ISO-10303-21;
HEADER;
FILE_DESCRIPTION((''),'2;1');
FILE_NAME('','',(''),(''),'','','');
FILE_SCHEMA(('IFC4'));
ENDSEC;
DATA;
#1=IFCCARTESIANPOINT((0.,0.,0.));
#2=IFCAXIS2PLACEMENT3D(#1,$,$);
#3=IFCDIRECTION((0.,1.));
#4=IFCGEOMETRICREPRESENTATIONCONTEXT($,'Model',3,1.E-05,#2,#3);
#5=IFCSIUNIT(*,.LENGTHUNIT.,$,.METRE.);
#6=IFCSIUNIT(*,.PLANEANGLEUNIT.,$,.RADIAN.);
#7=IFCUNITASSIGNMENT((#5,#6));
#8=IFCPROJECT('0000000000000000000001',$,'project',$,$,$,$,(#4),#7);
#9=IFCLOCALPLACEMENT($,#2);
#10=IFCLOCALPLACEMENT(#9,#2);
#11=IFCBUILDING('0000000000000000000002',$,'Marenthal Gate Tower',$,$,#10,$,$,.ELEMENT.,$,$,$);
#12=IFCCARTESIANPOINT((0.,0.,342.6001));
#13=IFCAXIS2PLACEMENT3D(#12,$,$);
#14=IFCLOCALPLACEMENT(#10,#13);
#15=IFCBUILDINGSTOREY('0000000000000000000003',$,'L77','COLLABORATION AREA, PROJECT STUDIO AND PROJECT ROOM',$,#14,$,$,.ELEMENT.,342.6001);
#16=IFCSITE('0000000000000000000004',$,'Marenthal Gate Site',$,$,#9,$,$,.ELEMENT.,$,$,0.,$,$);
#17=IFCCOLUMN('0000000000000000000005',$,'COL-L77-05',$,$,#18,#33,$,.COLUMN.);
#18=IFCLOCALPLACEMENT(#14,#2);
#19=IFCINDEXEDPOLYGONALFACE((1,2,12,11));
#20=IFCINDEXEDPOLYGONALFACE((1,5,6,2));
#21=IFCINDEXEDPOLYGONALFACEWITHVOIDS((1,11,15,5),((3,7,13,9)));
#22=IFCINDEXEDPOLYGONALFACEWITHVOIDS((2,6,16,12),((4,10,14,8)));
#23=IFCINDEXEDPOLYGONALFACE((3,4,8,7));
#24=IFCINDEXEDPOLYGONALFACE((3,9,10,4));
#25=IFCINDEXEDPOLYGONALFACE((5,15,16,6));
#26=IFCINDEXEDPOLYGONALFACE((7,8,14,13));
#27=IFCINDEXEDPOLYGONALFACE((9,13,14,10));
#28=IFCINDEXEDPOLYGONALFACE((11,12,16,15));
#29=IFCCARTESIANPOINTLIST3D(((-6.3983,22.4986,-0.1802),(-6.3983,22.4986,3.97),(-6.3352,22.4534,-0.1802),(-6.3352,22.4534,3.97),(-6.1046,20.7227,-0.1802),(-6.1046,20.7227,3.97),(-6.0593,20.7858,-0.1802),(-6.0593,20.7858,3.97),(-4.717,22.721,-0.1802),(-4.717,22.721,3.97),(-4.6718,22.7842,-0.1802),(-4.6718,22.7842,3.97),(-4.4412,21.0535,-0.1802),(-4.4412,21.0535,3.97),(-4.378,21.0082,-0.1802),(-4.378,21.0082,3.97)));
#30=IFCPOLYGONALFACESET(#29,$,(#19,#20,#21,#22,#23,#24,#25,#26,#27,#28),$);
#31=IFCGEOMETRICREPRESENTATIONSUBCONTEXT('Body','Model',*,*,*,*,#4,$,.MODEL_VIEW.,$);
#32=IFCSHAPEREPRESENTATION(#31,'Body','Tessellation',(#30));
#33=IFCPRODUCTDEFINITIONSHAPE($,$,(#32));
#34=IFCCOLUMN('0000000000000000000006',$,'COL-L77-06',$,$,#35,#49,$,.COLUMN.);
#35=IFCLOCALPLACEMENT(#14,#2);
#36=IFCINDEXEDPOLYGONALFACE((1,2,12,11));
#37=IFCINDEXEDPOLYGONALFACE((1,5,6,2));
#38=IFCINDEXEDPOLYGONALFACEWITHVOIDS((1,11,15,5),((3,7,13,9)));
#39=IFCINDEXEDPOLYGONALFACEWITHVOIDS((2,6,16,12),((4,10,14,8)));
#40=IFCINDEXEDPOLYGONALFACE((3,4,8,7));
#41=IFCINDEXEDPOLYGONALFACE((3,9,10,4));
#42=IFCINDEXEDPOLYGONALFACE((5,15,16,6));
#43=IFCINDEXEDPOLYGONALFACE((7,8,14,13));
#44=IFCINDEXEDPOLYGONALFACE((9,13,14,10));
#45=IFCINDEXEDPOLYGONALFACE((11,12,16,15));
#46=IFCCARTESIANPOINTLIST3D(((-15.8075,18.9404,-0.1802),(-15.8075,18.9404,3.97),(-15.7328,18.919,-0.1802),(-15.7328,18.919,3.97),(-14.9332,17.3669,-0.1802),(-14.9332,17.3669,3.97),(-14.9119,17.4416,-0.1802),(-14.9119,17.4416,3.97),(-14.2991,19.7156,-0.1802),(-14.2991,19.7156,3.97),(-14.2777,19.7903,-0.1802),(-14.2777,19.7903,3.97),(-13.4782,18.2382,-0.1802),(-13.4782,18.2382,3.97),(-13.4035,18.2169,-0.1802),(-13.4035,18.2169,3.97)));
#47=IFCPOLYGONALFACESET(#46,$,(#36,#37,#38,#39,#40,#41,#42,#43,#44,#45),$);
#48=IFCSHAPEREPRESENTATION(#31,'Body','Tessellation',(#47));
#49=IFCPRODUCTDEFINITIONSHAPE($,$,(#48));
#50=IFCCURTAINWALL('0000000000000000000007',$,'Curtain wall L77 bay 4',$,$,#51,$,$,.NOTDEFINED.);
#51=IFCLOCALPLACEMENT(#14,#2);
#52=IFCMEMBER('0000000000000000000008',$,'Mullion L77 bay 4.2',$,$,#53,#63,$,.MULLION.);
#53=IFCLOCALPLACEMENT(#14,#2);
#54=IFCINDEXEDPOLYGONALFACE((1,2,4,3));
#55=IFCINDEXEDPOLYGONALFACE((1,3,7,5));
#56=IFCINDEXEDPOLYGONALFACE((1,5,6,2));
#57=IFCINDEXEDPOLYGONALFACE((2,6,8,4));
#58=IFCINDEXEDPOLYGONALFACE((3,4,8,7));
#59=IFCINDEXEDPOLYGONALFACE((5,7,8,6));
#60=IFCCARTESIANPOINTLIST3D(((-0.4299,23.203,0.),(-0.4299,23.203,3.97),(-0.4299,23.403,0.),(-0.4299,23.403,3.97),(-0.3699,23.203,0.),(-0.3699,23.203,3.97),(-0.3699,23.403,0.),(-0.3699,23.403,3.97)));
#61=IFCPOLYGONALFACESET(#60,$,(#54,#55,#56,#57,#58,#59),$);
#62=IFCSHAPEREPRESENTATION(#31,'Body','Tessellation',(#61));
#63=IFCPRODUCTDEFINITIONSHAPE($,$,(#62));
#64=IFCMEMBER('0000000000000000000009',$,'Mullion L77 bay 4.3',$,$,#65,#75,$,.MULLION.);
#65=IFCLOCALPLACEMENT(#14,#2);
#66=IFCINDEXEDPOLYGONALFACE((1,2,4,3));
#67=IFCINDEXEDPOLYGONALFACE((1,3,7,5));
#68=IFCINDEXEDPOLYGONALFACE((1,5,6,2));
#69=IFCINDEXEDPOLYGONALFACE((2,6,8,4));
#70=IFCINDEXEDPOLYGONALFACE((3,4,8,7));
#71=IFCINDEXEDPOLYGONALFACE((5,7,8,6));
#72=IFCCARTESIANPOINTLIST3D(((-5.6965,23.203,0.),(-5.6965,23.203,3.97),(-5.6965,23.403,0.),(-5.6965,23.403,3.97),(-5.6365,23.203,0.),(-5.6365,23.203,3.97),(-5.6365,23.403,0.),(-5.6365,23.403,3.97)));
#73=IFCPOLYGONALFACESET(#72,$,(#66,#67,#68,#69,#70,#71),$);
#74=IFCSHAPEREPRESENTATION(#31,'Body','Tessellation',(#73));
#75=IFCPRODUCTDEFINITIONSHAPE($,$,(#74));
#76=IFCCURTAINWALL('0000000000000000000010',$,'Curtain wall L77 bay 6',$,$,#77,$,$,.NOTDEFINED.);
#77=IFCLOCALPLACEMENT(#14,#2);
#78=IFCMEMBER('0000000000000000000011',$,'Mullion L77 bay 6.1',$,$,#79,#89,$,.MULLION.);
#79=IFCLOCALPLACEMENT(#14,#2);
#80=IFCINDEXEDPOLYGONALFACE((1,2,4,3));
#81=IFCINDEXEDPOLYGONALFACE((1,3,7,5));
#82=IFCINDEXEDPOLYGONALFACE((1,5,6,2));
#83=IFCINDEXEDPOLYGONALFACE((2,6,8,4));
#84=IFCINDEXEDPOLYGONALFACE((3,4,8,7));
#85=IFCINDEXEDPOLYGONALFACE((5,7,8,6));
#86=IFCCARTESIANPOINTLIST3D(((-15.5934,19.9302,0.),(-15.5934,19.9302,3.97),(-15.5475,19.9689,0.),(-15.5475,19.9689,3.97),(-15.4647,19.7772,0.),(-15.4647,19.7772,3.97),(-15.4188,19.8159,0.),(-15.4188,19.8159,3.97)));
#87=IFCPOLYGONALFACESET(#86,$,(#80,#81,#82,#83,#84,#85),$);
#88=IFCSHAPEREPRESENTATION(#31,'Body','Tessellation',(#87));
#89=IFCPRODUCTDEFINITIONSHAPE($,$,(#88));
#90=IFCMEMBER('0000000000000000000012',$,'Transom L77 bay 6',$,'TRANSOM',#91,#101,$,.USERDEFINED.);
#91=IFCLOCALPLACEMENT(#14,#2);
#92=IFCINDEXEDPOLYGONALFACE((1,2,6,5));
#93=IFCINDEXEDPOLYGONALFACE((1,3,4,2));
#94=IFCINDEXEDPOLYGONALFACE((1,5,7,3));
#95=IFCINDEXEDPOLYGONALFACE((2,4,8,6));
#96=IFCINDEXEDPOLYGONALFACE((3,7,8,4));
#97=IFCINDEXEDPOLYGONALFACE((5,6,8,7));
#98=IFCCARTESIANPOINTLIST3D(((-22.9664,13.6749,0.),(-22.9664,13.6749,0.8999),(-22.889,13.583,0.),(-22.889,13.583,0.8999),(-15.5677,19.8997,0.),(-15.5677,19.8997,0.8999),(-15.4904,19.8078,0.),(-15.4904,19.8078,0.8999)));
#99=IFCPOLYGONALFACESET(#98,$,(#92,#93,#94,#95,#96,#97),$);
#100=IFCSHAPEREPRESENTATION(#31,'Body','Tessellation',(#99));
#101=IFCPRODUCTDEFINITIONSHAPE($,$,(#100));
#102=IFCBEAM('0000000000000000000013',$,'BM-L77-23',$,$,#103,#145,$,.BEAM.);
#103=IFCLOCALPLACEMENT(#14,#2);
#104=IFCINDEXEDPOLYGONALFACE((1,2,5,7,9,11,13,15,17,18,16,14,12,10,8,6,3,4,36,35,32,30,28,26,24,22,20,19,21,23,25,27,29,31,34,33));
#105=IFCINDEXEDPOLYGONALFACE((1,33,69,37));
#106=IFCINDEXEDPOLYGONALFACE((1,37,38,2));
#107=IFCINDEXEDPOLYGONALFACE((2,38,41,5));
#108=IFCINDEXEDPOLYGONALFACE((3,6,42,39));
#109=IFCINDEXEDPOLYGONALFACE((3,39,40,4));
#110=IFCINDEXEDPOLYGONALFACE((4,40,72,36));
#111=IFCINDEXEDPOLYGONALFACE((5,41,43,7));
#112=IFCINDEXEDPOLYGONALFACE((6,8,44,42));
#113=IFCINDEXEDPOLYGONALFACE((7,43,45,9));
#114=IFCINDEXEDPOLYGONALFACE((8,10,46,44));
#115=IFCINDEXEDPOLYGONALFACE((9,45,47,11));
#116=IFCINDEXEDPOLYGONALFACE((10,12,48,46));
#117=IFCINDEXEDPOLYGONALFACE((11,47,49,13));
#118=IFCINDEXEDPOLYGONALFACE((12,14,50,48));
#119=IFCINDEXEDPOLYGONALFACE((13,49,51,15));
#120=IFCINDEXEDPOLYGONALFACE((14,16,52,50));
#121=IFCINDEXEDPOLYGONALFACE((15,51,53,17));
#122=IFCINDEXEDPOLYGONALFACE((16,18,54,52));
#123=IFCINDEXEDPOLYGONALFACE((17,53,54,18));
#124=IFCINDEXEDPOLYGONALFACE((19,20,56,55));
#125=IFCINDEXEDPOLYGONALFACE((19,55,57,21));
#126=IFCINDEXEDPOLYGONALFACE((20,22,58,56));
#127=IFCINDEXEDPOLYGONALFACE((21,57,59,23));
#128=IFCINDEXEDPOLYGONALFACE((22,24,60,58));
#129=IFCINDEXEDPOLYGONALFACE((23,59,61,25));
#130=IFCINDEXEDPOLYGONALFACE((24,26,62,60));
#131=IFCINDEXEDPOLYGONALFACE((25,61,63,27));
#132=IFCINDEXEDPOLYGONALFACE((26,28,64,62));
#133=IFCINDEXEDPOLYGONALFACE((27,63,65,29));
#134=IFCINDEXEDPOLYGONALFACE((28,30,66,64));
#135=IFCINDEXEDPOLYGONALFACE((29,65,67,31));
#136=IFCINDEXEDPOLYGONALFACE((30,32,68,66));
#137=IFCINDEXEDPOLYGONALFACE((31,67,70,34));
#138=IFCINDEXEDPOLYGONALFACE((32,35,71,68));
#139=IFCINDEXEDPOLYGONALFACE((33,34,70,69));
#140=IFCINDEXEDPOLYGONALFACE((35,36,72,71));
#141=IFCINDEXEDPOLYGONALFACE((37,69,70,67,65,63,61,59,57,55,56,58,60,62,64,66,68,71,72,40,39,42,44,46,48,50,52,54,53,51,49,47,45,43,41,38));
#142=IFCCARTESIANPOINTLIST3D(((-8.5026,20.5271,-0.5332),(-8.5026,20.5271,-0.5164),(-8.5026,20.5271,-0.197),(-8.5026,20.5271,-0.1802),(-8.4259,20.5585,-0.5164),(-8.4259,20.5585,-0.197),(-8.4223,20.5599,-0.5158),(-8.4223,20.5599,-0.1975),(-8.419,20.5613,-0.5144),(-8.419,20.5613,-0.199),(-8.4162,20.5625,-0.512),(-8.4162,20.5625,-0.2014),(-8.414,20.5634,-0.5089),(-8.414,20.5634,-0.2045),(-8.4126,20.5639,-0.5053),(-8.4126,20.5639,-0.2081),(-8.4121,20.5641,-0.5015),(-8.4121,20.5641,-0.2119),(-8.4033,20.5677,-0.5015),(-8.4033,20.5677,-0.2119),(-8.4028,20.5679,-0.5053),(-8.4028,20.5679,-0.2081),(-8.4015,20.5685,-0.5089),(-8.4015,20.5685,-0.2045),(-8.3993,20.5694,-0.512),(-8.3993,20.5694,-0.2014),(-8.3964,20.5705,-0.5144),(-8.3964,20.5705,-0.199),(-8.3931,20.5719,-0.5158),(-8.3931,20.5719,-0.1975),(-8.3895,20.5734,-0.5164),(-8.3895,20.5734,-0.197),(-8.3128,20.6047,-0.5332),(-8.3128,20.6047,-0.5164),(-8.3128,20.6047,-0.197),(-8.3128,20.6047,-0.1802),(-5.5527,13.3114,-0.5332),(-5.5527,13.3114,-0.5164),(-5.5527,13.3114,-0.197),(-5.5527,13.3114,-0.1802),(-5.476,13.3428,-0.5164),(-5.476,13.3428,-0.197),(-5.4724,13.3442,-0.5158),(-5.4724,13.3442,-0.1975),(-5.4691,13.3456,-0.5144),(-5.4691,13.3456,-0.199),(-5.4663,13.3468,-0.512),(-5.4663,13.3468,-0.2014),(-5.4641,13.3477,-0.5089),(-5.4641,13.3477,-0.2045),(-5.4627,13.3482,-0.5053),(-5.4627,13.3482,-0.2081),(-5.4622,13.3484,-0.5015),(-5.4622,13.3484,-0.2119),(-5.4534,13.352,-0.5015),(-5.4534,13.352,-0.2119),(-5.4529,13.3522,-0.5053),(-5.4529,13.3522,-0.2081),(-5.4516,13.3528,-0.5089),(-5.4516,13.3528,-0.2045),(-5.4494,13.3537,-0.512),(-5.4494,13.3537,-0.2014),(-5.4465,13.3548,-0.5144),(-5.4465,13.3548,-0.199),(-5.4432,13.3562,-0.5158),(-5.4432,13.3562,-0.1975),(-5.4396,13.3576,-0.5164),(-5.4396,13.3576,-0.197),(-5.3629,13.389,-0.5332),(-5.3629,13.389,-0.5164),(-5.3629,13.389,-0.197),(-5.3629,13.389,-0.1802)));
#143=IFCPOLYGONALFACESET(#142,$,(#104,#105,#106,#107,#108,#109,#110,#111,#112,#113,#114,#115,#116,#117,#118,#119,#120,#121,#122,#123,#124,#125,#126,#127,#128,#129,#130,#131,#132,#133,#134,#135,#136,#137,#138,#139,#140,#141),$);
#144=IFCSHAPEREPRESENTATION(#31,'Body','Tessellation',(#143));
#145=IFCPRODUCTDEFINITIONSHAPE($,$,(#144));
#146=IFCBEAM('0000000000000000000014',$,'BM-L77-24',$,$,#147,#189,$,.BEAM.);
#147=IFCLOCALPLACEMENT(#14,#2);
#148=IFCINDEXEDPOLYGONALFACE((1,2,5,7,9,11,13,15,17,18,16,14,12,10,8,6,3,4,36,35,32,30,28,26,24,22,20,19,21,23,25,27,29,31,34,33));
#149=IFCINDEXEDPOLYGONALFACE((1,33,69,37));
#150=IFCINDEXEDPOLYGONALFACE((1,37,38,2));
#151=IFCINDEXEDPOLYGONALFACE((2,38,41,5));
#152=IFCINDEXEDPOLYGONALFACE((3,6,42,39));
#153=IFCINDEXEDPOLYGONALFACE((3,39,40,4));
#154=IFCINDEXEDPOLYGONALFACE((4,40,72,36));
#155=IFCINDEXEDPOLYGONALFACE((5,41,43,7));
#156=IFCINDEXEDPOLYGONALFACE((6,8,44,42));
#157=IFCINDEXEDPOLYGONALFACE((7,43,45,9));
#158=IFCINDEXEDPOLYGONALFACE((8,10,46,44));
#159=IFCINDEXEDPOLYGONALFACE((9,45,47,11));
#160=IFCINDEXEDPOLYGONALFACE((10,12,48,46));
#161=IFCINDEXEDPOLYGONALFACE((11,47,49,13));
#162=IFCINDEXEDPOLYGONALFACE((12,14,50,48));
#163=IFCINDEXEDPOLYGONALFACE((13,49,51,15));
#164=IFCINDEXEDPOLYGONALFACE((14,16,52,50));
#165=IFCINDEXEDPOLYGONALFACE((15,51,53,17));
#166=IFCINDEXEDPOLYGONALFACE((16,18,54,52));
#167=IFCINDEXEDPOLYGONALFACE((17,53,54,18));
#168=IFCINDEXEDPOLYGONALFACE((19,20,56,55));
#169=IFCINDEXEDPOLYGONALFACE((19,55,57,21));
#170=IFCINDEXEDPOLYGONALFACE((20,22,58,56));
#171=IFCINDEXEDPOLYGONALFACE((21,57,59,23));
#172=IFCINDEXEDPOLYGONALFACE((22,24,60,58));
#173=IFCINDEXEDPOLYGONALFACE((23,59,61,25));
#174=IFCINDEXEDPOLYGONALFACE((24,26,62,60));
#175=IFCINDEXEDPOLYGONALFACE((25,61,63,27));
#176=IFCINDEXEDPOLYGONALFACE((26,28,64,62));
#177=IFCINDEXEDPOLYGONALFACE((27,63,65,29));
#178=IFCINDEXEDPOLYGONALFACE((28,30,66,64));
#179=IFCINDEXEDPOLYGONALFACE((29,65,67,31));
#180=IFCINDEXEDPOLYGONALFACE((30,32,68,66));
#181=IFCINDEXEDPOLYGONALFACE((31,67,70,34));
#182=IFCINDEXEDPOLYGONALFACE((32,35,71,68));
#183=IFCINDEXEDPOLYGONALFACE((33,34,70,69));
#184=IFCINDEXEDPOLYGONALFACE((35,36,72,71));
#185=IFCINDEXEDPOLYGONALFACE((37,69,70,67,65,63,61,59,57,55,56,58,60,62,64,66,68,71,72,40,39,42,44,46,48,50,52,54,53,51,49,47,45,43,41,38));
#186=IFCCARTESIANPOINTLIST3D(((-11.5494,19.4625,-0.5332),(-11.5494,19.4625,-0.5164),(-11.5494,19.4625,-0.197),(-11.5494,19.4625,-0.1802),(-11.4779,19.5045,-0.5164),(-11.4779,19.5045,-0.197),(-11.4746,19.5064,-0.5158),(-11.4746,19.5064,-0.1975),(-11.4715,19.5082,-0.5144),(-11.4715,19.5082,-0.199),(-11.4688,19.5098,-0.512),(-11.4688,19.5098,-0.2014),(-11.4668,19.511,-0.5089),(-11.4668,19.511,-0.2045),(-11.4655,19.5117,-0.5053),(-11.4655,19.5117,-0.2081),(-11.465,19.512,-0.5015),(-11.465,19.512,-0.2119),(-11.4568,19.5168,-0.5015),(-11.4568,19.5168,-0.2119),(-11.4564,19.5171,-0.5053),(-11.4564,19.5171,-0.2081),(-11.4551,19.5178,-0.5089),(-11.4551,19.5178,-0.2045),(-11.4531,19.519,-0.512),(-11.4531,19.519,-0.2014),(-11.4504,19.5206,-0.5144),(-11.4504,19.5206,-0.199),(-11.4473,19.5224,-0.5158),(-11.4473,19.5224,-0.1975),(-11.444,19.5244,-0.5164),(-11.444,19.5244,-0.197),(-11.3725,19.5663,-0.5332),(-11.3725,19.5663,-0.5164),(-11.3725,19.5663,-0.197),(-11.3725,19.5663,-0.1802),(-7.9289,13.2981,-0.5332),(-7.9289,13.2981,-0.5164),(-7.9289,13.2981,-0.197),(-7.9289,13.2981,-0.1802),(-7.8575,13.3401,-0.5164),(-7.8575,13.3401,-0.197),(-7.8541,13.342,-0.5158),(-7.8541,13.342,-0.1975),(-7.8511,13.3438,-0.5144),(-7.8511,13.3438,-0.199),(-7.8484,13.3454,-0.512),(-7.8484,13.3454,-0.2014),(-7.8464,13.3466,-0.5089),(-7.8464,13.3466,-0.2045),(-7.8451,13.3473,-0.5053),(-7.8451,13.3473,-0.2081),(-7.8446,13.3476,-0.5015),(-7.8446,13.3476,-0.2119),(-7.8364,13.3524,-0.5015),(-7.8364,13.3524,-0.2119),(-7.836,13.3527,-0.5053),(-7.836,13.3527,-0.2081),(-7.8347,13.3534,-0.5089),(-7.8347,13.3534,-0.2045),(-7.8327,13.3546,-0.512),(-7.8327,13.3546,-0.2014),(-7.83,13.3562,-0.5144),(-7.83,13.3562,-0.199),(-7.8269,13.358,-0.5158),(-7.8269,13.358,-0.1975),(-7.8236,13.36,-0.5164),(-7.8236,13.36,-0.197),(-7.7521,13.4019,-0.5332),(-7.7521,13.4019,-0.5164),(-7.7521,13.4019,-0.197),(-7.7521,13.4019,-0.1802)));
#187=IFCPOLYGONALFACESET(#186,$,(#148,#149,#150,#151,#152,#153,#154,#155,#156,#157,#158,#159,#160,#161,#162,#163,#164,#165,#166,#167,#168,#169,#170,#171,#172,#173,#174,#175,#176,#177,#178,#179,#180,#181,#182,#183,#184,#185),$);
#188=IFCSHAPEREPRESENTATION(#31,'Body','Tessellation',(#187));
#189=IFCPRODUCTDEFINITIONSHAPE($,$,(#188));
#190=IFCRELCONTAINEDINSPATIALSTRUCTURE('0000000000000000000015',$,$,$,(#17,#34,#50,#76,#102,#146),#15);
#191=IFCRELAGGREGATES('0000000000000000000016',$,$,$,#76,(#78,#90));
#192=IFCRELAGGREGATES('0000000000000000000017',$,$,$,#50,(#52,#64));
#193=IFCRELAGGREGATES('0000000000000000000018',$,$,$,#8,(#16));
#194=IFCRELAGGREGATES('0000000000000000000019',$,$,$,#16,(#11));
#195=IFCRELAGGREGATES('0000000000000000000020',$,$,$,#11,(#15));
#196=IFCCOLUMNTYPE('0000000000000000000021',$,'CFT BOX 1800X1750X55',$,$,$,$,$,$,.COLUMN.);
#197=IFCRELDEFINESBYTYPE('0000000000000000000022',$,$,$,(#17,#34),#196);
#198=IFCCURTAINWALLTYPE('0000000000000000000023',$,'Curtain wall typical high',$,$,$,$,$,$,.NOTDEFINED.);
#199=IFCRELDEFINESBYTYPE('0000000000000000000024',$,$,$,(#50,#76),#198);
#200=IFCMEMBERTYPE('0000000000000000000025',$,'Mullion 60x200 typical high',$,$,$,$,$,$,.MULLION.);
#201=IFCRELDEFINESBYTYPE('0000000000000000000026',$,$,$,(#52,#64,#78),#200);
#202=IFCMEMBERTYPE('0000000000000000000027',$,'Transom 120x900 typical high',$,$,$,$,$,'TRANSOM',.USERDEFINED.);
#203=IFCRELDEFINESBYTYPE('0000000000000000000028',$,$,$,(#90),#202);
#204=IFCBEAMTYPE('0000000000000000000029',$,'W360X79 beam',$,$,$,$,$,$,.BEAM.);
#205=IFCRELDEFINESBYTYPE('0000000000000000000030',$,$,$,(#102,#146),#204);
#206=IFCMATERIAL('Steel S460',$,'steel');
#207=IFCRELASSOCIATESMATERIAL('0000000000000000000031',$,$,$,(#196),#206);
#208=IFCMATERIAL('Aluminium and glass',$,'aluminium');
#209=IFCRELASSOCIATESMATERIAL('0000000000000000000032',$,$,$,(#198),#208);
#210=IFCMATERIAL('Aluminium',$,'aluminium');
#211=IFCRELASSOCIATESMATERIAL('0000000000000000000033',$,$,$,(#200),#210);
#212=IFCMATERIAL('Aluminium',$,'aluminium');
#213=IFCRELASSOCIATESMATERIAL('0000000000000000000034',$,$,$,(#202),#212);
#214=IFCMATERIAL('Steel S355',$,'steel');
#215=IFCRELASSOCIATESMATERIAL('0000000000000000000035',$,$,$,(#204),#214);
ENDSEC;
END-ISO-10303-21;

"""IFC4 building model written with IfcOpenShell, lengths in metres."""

from ifc_helpers import new_model, si_unit, direction, frame, origin, origin_2d, place, context, subcontext, project, spatial, rectangle, hollow_rectangle, i_section, extrude, material, material_profile, profile_set, type_object, element, aggregate, save


model = new_model("IFC4")

# Units and contexts
model_context = context("Model", 3, precision=1e-05, world=origin(), true_north=direction((0.0, 1.0)))
body_context = subcontext(model_context, "Body", "Model", "MODEL_VIEW")
ifc_project = project(units=[si_unit("LENGTHUNIT", "METRE"), si_unit("PLANEANGLEUNIT", "RADIAN")], contexts=[model_context])

# Site, building, storey
site_placement = place(None, origin())
site = spatial("IfcSite", under=ifc_project, at=site_placement, Name="Marenthal Gate Site", CompositionType="ELEMENT", RefElevation=0.0)
building_placement = place(site_placement, origin())
building = spatial("IfcBuilding", under=site, at=building_placement, Name="Marenthal Gate Tower", CompositionType="ELEMENT")
storey_placement = place(building_placement, frame((0.0, 0.0, 342.6001)))
storey = spatial("IfcBuildingStorey", under=building, at=storey_placement, Name="L77", Description="COLLABORATION AREA, PROJECT STUDIO AND PROJECT ROOM", CompositionType="ELEMENT", Elevation=342.6001)

# Columns
ifc_material_1 = material(Name="Steel S460", Category="steel")
ifc_material_profile_1 = material_profile(ifc_material_1, hollow_rectangle(XDim=1.75, YDim=1.8, WallThickness=0.0549, at=origin_2d()), Name="CFT BOX 1800X1750X55")
ifc_material_2 = material(Name="Concrete 70 MPa", Category="concrete")
ifc_material_profile_2 = material_profile(ifc_material_2, rectangle(XDim=1.6399, YDim=1.6899, at=origin_2d()), Name="CFT BOX 1800X1750X55 INFILL")
ifc_profile_set_1 = profile_set([ifc_material_profile_1, ifc_material_profile_2], Name="Steel S460 shell, Concrete 70 MPa infill")
column_type = type_object("IfcColumnType", Name="CFT BOX 1800X1750X55", PredefinedType="COLUMN", material=ifc_profile_set_1)
for number, where, z_axis, x_axis, name in (
    (1, (-5.3882, 21.7534, -0.1802), (0.0, 0.0, 1.0), (0.986595, 0.163188, 0.0), "COL-L77-05"),
    (2, (-14.6055, 18.5786, -0.1802), (0.0, 0.0, 1.0), (0.874131, 0.48569, 0.0), "COL-L77-06"),
):
    element("IfcColumn", number, at=place(storey_placement, frame(where, z_axis=z_axis, x_axis=x_axis)), inside=storey, type_object=column_type, Name=name, PredefinedType="COLUMN", context=body_context, shape_type="SweptSolid", body=[
        extrude(hollow_rectangle(XDim=1.75, YDim=1.8, WallThickness=0.0549, at=origin_2d()), origin(), (0.0, 0.0, 1.0), 4.1501),
    ])

# Curtain walls, members
ifc_material_3 = material(Name="Aluminium and glass", Category="aluminium")
curtain_wall_type = type_object("IfcCurtainWallType", Name="Curtain wall typical high", PredefinedType="NOTDEFINED", material=ifc_material_3)
curtain_wall_1_placement = place(storey_placement, origin())
curtain_wall_1 = element("IfcCurtainWall", 3, at=curtain_wall_1_placement, inside=storey, type_object=curtain_wall_type, Name="Curtain wall L77 bay 4", PredefinedType="NOTDEFINED")
ifc_material_4 = material(Name="Aluminium", Category="aluminium")
ifc_material_profile_3 = material_profile(ifc_material_4, rectangle(XDim=0.2, YDim=0.0601, at=origin_2d()), Name="60x200 aluminium mullion")
ifc_profile_set_2 = profile_set([ifc_material_profile_3], Name="Aluminium")
member_type_1 = type_object("IfcMemberType", Name="Mullion 60x200 typical high", PredefinedType="MULLION", material=ifc_profile_set_2)
member_1_placement = place(storey_placement, frame((-0.3999, 23.303, 0.0), z_axis=(0.0, 0.0, 1.0), x_axis=(0.0, -1.0, 0.0)))
member_1 = element("IfcMember", 4, at=member_1_placement, type_object=member_type_1, Name="Mullion L77 bay 4.2", PredefinedType="MULLION", context=body_context, shape_type="SweptSolid", body=[
    extrude(rectangle(XDim=0.2, YDim=0.0601, at=origin_2d()), origin(), (0.0, 0.0, 1.0), 3.97),
])
member_2_placement = place(storey_placement, frame((-5.6665, 23.303, 0.0), z_axis=(0.0, 0.0, 1.0), x_axis=(0.0, -1.0, 0.0)))
member_2 = element("IfcMember", 5, at=member_2_placement, type_object=member_type_1, Name="Mullion L77 bay 4.3", PredefinedType="MULLION", context=body_context, shape_type="SweptSolid", body=[
    extrude(rectangle(XDim=0.2, YDim=0.0601, at=origin_2d()), origin(), (0.0, 0.0, 1.0), 3.97),
])
curtain_wall_2_placement = place(storey_placement, origin())
curtain_wall_2 = element("IfcCurtainWall", 6, at=curtain_wall_2_placement, inside=storey, type_object=curtain_wall_type, Name="Curtain wall L77 bay 6", PredefinedType="NOTDEFINED")
member_3_placement = place(storey_placement, frame((-15.5061, 19.873, 0.0), z_axis=(0.0, 0.0, 1.0), x_axis=(0.643801, -0.765193, 0.0)))
member_3 = element("IfcMember", 7, at=member_3_placement, type_object=member_type_1, Name="Mullion L77 bay 6.1", PredefinedType="MULLION", context=body_context, shape_type="SweptSolid", body=[
    extrude(rectangle(XDim=0.2, YDim=0.0601, at=origin_2d()), origin(), (0.0, 0.0, 1.0), 3.97),
])
ifc_material_5 = material(Name="Aluminium", Category="aluminium")
ifc_material_profile_4 = material_profile(ifc_material_5, rectangle(XDim=0.1201, YDim=0.8999, at=origin_2d()), Name="120x900 aluminium transom")
ifc_profile_set_3 = profile_set([ifc_material_profile_4], Name="Aluminium")
member_type_2 = type_object("IfcMemberType", Name="Transom 120x900 typical high", ElementType="TRANSOM", PredefinedType="USERDEFINED", material=ifc_profile_set_3)
member_4_placement = place(storey_placement, frame((-15.5291, 19.8538, 0.45), z_axis=(-0.765197, -0.643796, 0.0), x_axis=(0.643796, -0.765197, 0.0)))
member_4 = element("IfcMember", 8, at=member_4_placement, type_object=member_type_2, Name="Transom L77 bay 6", ObjectType="TRANSOM", PredefinedType="USERDEFINED", context=body_context, shape_type="SweptSolid", body=[
    extrude(rectangle(XDim=0.1201, YDim=0.8999, at=origin_2d()), origin(), (0.0, 0.0, 1.0), 9.6689),
])
aggregate(curtain_wall_2, [member_3, member_4])

# Beams
ifc_material_6 = material(Name="Steel S355", Category="steel")
ifc_material_profile_5 = material_profile(ifc_material_6, i_section(OverallWidth=0.2051, OverallDepth=0.353, WebThickness=0.0095, FlangeThickness=0.0168, FilletRadius=0.0149, at=origin_2d()), Name="W360X79")
ifc_profile_set_4 = profile_set([ifc_material_profile_5], Name="Steel S355")
beam_type_1 = type_object("IfcBeamType", Name="W360X79 beam", PredefinedType="BEAM", material=ifc_profile_set_4)
beam_1_placement = place(storey_placement, frame((-8.4077, 20.5659, -0.3567), z_axis=(0.378416, -0.925636, 0.0), x_axis=(0.925636, 0.378416, 0.0)))
element("IfcBeam", 9, at=beam_1_placement, inside=storey, type_object=beam_type_1, Name="BM-L77-23", PredefinedType="BEAM", context=body_context, shape_type="SweptSolid", body=[
    extrude(i_section(OverallWidth=0.2051, OverallDepth=0.353, WebThickness=0.0095, FlangeThickness=0.0168, FilletRadius=0.0149, at=origin_2d()), origin(), (0.0, 0.0, 1.0), 7.7954),
])
beam_2_placement = place(storey_placement, frame((-11.4609, 19.5144, -0.3567), z_axis=(0.506427, -0.862283, 0.0), x_axis=(0.862283, 0.506427, 0.0)))
element("IfcBeam", 10, at=beam_2_placement, inside=storey, type_object=beam_type_1, Name="BM-L77-24", PredefinedType="BEAM", context=body_context, shape_type="SweptSolid", body=[
    extrude(i_section(OverallWidth=0.2051, OverallDepth=0.353, WebThickness=0.0095, FlangeThickness=0.0168, FilletRadius=0.0149, at=origin_2d()), origin(), (0.0, 0.0, 1.0), 7.1489),
])

aggregate(curtain_wall_1, [member_1, member_2])

save(model, "model.ifc")
